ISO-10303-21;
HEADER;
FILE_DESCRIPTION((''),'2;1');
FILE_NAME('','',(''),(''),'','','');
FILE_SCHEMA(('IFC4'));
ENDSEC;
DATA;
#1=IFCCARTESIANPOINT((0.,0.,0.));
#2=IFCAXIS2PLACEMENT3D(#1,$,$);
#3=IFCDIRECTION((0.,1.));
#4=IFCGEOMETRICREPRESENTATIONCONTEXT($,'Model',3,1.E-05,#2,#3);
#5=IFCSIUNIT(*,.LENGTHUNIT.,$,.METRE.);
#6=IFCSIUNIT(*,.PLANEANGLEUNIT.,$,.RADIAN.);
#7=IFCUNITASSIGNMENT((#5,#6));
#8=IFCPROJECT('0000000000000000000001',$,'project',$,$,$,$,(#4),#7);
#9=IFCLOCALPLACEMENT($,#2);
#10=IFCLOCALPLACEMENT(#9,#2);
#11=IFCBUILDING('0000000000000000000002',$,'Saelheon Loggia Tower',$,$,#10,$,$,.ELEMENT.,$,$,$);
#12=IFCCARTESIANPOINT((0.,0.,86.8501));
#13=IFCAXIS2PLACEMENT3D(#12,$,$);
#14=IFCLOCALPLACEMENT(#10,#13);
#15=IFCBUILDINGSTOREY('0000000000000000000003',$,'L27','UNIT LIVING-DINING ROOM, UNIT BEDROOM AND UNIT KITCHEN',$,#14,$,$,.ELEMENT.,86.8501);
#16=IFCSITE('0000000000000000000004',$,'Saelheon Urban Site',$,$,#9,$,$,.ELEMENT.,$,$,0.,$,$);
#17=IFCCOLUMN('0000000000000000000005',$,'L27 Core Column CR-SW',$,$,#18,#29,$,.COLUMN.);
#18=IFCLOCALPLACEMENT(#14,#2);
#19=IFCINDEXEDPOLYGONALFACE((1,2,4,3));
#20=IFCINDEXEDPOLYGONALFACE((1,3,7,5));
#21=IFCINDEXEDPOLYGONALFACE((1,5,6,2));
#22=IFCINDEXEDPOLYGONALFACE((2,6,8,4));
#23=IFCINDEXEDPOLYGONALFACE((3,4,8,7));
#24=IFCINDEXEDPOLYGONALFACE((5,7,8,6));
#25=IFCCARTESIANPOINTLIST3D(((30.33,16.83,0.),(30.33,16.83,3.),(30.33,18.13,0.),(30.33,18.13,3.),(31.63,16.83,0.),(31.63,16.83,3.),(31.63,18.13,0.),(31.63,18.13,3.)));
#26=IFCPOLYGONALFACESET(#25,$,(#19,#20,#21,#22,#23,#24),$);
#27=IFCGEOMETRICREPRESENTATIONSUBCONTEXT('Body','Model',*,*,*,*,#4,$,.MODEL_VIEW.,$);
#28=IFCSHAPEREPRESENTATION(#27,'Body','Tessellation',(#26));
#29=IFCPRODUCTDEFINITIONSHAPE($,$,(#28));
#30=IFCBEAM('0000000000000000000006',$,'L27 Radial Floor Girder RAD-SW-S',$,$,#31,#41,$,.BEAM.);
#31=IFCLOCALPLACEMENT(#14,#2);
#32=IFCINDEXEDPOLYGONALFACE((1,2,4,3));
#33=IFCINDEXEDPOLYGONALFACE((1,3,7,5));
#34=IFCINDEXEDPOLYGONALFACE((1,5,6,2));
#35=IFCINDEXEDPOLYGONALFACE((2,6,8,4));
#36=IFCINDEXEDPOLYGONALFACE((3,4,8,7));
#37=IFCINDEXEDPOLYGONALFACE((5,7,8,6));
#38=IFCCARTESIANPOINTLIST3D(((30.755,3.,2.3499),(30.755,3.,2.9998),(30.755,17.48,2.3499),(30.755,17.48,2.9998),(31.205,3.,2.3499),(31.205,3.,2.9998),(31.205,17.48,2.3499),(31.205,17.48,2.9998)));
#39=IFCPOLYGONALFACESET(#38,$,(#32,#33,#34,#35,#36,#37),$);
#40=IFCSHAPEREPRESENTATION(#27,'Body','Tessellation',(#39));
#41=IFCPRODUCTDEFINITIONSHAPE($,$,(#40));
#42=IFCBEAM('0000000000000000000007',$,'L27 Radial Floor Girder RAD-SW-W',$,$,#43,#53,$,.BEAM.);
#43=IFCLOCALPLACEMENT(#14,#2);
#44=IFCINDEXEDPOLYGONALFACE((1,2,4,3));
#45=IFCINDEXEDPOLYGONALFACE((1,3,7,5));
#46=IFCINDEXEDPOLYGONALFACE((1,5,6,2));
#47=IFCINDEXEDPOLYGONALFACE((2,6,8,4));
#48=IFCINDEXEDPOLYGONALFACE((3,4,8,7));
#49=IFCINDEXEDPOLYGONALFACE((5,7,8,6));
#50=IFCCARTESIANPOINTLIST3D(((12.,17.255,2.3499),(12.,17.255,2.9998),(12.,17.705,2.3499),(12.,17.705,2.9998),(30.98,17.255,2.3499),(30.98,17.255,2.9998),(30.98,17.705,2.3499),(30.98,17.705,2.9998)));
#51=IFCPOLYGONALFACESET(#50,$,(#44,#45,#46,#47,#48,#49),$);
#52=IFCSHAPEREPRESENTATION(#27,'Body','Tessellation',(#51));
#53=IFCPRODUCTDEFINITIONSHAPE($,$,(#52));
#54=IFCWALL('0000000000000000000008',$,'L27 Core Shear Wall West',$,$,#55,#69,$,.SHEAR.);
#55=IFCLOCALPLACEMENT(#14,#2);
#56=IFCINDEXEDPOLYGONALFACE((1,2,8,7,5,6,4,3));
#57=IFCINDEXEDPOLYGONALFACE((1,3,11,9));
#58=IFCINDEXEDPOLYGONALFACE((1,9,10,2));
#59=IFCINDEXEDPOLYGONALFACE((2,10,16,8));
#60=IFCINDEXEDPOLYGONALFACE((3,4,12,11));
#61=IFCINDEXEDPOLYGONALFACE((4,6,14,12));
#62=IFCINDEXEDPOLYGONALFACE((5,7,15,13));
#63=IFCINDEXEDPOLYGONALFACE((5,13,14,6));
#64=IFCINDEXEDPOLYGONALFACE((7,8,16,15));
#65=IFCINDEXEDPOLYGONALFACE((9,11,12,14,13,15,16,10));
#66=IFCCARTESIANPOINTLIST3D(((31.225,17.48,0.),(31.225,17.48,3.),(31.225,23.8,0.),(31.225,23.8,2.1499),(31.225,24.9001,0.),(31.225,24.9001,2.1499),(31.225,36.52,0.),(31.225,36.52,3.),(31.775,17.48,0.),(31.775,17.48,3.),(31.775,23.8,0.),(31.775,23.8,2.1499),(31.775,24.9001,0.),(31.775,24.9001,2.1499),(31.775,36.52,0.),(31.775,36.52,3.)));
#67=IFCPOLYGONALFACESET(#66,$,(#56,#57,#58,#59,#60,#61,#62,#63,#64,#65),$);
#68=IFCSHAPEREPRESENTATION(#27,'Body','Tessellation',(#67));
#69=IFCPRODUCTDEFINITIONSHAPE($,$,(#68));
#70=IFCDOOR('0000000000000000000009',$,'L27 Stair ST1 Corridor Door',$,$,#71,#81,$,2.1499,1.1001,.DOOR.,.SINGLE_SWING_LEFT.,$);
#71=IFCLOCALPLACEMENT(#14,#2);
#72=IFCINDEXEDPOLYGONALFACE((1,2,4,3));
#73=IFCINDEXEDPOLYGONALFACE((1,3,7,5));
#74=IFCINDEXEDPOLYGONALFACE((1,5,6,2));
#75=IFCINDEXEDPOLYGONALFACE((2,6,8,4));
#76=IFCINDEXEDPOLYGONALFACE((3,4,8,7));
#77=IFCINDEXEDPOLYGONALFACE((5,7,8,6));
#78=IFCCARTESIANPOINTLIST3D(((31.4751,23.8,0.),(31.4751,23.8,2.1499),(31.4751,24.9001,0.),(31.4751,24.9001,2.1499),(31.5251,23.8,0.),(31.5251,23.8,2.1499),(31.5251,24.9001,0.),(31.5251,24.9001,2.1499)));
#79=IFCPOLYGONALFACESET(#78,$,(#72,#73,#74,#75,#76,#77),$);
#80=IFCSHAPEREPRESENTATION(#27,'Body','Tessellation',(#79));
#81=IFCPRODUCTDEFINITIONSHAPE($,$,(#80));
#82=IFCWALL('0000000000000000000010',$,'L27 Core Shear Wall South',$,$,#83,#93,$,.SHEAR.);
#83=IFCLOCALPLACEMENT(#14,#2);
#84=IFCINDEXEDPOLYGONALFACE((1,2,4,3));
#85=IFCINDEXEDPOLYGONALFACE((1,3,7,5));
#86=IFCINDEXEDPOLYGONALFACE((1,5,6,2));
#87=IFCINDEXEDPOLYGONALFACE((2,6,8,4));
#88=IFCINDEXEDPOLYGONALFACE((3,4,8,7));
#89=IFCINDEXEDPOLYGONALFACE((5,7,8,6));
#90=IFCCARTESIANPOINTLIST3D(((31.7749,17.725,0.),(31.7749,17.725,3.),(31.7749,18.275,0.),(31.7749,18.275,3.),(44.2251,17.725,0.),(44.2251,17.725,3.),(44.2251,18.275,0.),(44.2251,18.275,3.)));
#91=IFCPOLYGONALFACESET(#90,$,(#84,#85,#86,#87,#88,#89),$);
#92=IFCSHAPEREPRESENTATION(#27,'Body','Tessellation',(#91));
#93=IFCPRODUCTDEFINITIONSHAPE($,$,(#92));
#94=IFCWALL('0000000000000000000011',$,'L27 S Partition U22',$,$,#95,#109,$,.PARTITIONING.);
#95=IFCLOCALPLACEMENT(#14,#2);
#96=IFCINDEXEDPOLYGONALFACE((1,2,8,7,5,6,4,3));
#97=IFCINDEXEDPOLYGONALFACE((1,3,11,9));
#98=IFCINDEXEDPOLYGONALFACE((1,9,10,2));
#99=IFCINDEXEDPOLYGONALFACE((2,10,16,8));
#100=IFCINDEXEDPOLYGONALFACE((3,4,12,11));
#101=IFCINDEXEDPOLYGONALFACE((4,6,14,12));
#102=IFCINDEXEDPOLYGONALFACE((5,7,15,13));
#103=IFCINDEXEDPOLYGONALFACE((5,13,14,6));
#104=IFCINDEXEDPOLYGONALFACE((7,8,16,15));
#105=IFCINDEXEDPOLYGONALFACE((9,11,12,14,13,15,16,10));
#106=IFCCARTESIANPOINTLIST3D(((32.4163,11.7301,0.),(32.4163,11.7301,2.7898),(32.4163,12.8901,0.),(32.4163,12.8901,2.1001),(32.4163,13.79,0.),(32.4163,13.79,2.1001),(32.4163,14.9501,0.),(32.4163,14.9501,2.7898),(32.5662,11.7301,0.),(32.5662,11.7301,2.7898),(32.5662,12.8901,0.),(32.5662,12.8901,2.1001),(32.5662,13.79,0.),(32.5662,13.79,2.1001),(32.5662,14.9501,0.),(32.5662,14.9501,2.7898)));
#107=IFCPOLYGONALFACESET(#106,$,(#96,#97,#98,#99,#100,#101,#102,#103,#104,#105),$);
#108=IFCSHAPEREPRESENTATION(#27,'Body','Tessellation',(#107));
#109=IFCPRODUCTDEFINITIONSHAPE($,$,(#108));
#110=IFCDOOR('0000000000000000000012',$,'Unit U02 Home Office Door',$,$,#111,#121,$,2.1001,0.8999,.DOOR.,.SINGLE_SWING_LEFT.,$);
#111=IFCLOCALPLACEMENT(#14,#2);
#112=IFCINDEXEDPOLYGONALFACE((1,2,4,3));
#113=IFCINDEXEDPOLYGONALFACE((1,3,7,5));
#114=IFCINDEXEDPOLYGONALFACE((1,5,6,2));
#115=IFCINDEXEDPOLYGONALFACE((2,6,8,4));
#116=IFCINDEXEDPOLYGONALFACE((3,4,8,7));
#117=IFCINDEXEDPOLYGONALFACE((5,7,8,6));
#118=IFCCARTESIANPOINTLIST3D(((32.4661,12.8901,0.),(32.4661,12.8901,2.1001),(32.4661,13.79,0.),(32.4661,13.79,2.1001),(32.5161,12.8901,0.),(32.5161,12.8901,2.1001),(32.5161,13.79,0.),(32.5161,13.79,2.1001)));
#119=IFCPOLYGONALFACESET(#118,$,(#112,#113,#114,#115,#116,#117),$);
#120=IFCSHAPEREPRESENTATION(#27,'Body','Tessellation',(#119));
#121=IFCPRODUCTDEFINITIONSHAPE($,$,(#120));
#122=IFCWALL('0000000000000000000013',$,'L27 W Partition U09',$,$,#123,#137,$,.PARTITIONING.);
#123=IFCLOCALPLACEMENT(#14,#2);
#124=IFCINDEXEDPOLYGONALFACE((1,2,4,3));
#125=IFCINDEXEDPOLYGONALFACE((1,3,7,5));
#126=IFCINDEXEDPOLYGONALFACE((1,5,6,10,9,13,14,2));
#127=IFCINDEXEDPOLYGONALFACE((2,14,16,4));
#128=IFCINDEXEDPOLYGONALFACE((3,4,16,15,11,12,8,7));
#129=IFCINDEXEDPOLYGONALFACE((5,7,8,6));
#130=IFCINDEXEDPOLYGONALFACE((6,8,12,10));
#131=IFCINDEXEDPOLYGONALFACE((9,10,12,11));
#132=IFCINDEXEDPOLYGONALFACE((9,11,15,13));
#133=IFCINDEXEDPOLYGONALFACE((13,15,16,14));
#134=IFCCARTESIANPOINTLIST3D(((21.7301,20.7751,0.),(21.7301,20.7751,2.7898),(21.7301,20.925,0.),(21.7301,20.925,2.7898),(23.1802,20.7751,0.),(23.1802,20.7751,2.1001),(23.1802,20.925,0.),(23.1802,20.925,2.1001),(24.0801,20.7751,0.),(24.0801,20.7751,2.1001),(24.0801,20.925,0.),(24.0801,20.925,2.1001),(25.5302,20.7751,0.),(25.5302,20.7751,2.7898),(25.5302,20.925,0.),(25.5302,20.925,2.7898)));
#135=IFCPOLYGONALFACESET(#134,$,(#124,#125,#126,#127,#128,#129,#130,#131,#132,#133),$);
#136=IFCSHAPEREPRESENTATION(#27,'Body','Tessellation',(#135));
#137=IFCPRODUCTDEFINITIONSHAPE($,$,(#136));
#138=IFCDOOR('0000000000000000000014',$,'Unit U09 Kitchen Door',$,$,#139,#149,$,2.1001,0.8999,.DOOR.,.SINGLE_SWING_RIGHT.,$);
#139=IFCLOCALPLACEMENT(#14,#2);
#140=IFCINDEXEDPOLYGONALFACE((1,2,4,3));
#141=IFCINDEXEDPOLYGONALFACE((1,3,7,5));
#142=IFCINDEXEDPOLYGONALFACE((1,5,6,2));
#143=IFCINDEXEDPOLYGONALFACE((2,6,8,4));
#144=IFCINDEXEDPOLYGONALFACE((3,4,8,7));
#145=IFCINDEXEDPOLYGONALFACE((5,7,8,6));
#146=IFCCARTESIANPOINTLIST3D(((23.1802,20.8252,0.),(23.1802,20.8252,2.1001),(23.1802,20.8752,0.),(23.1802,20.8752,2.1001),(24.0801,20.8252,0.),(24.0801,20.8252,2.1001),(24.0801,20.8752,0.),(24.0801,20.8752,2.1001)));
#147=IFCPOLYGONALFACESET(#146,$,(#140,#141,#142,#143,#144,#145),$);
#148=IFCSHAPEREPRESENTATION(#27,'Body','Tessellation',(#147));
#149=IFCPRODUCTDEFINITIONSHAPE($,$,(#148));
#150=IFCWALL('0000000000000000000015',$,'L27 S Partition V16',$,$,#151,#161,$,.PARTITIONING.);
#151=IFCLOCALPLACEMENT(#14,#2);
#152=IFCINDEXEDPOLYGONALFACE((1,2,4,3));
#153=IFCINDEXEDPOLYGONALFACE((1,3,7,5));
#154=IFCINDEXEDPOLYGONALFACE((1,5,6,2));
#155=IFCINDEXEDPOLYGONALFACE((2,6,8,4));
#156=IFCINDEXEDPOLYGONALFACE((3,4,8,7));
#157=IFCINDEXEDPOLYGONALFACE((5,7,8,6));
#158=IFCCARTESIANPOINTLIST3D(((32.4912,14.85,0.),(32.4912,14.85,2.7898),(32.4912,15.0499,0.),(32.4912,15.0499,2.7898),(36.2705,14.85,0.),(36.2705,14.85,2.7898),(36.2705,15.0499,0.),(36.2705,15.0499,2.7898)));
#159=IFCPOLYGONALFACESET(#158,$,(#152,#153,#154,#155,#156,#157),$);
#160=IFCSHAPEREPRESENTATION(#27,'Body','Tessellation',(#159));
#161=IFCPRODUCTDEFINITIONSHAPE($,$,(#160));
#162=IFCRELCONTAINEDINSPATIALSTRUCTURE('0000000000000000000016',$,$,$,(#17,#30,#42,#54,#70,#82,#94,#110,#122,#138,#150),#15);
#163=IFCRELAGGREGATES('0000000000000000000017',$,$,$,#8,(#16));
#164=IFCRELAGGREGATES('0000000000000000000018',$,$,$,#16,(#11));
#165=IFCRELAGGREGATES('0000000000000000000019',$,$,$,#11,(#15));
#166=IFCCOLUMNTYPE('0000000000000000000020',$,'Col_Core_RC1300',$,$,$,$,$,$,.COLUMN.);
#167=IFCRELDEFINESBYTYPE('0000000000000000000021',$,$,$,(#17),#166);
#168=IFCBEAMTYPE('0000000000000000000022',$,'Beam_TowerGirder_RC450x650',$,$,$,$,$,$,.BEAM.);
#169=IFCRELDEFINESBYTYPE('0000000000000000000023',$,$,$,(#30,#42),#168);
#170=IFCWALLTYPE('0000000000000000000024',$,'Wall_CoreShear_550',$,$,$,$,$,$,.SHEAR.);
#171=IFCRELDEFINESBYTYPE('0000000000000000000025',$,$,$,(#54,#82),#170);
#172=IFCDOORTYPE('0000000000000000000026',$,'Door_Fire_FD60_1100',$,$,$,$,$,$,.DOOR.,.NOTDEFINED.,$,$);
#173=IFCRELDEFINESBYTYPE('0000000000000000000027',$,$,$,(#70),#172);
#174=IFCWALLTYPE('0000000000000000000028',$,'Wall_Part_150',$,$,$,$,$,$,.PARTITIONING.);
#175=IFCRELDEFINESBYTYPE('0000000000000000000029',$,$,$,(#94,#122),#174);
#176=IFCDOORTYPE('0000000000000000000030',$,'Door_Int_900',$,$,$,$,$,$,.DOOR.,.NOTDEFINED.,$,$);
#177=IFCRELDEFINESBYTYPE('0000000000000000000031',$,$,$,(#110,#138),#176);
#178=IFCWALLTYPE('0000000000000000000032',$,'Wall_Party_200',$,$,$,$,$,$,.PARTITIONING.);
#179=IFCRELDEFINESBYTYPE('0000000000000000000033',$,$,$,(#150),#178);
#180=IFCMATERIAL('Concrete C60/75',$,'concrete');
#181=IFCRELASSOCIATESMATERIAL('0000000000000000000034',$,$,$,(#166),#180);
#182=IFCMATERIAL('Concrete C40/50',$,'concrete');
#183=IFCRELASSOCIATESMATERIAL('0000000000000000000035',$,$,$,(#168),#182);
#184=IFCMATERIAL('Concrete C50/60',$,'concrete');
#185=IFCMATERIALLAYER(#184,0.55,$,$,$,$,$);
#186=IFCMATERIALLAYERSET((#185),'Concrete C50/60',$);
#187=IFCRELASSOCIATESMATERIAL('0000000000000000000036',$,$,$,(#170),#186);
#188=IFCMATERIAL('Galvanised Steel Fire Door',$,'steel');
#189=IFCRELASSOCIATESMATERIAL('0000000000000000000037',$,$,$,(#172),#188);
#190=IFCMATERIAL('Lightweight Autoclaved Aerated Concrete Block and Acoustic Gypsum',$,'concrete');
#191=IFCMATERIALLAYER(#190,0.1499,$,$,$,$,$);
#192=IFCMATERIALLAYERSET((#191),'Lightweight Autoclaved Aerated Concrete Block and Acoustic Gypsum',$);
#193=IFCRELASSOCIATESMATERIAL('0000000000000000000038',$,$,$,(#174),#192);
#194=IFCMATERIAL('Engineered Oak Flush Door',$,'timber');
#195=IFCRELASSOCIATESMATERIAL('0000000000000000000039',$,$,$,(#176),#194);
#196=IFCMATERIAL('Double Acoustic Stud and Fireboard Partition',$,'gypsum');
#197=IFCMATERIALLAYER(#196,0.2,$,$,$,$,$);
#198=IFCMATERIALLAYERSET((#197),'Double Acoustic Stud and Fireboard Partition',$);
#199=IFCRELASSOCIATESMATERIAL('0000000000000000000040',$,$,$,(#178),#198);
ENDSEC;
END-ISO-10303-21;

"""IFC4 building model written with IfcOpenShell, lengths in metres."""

from ifc_helpers import new_model, si_unit, direction, frame, frame_2d, origin, origin_2d, place, context, subcontext, project, spatial, rectangle, extrude, source, transform, mapped, material, layer, layer_set, material_profile, profile_set, type_object, element, fill, save


model = new_model("IFC4")

# Units and contexts
model_context = context("Model", 3, precision=1e-05, world=origin(), true_north=direction((0.0, 1.0)))
body_context = subcontext(model_context, "Body", "Model", "MODEL_VIEW")
ifc_project = project(units=[si_unit("LENGTHUNIT", "METRE"), si_unit("PLANEANGLEUNIT", "RADIAN")], contexts=[model_context])

# Site, building, storey
site_placement = place(None, origin())
site = spatial("IfcSite", under=ifc_project, at=site_placement, Name="Saelheon Urban Site", CompositionType="ELEMENT", RefElevation=0.0)
building_placement = place(site_placement, origin())
building = spatial("IfcBuilding", under=site, at=building_placement, Name="Saelheon Loggia Tower", CompositionType="ELEMENT")
storey_placement = place(building_placement, frame((0.0, 0.0, 86.8501)))
storey = spatial("IfcBuildingStorey", under=building, at=storey_placement, Name="L27", Description="UNIT LIVING-DINING ROOM, UNIT BEDROOM AND UNIT KITCHEN", CompositionType="ELEMENT", Elevation=86.8501)

# Column
ifc_material_1 = material(Name="Concrete C60/75", Category="concrete")
ifc_material_profile_1 = material_profile(ifc_material_1, rectangle(XDim=1.3, YDim=1.3, at=origin_2d()), Name="RC-1300x1300")
ifc_profile_set_1 = profile_set([ifc_material_profile_1], Name="Concrete C60/75")
column_type = type_object("IfcColumnType", Name="Col_Core_RC1300", PredefinedType="COLUMN", material=ifc_profile_set_1)
shared_shape_1 = source(origin(), body_context, "Body", "SweptSolid", [
    extrude(rectangle(XDim=1.3, YDim=1.3, at=origin_2d()), origin(), (0.0, 0.0, 1.0), 3.0),
])
column_placement = place(storey_placement, frame((30.98, 17.48, 0.0), z_axis=(0.0, 0.0, 1.0), x_axis=(1.0, 0.0, 0.0)))
element("IfcColumn", 1, at=column_placement, inside=storey, type_object=column_type, Name="L27 Core Column CR-SW", PredefinedType="COLUMN", context=body_context, shape_type="MappedRepresentation", body=[
    mapped(shared_shape_1, transform((0.0, 0.0, 0.0), scale=1.0)),
])

# Beams
ifc_material_2 = material(Name="Concrete C40/50", Category="concrete")
ifc_material_profile_2 = material_profile(ifc_material_2, rectangle(XDim=0.45, YDim=0.6499, at=origin_2d()), Name="RC-450x650")
ifc_profile_set_2 = profile_set([ifc_material_profile_2], Name="Concrete C40/50")
beam_type = type_object("IfcBeamType", Name="Beam_TowerGirder_RC450x650", PredefinedType="BEAM", material=ifc_profile_set_2)
shared_shape_2 = source(origin(), body_context, "Body", "SweptSolid", [
    extrude(rectangle(XDim=0.45, YDim=0.6499, at=origin_2d()), origin(), (0.0, 0.0, 1.0), 14.48),
])
beam_1_placement = place(storey_placement, frame((30.98, 17.48, 2.6748), z_axis=(0.0, -1.0, 0.0), x_axis=(1.0, 0.0, 0.0)))
element("IfcBeam", 2, at=beam_1_placement, inside=storey, type_object=beam_type, Name="L27 Radial Floor Girder RAD-SW-S", PredefinedType="BEAM", context=body_context, shape_type="MappedRepresentation", body=[
    mapped(shared_shape_2, transform((0.0, 0.0, 0.0), scale=1.0)),
])
shared_shape_3 = source(origin(), body_context, "Body", "SweptSolid", [
    extrude(rectangle(XDim=0.45, YDim=0.6499, at=origin_2d()), origin(), (0.0, 0.0, 1.0), 18.98),
])
beam_2_placement = place(storey_placement, frame((30.98, 17.48, 2.6748), z_axis=(-1.0, 0.0, 0.0), x_axis=(0.0, -1.0, 0.0)))
element("IfcBeam", 3, at=beam_2_placement, inside=storey, type_object=beam_type, Name="L27 Radial Floor Girder RAD-SW-W", PredefinedType="BEAM", context=body_context, shape_type="MappedRepresentation", body=[
    mapped(shared_shape_3, transform((0.0, 0.0, 0.0), scale=1.0)),
])

# Wall, opening, door
ifc_material_3 = material(Name="Concrete C50/60", Category="concrete")
ifc_layer_1 = layer(ifc_material_3, 0.55)
ifc_layer_set_1 = layer_set([ifc_layer_1], Name="Concrete C50/60")
wall_type_1 = type_object("IfcWallType", Name="Wall_CoreShear_550", PredefinedType="SHEAR", material=ifc_layer_set_1)
wall_1_placement = place(storey_placement, frame((31.5, 17.48, 0.0), z_axis=(0.0, 0.0, 1.0), x_axis=(0.0, 1.0, 0.0)))
wall_1 = element("IfcWall", 4, at=wall_1_placement, inside=storey, type_object=wall_type_1, Name="L27 Core Shear Wall West", PredefinedType="SHEAR", context=body_context, shape_type="SweptSolid", body=[
    extrude(rectangle(XDim=19.04, YDim=0.55, at=frame_2d((9.52, 0.0))), origin(), (0.0, 0.0, 1.0), 3.0),
])
opening_1_placement = place(wall_1_placement, frame((6.3201, 0.0, 0.0)))
opening_1 = element("IfcOpeningElement", 5, at=opening_1_placement, cuts=wall_1, PredefinedType="OPENING", context=body_context, shape_type="SweptSolid", body=[
    extrude(rectangle(XDim=1.1001, YDim=2.1499, at=frame_2d((0.55, 1.075))), frame((0.0, 0.2871, 0.0), z_axis=(0.0, -1.0, 0.0), x_axis=(1.0, 0.0, 0.0)), (0.0, 0.0, 1.0), 0.574),
])
ifc_material_4 = material(Name="Galvanised Steel Fire Door", Category="steel")
door_type_1 = type_object("IfcDoorType", Name="Door_Fire_FD60_1100", OperationType="NOTDEFINED", PredefinedType="DOOR", material=ifc_material_4)
shared_shape_4 = source(origin(), body_context, "Body", "SweptSolid", [
    extrude(rectangle(XDim=1.1001, YDim=2.1499, at=frame_2d((0.55, 1.075))), frame((0.0, 0.0249, 0.0), z_axis=(0.0, -1.0, 0.0), x_axis=(1.0, 0.0, 0.0)), (0.0, 0.0, 1.0), 0.05),
])
door_1_placement = place(opening_1_placement, origin())
door_1 = element("IfcDoor", 6, at=door_1_placement, inside=storey, type_object=door_type_1, Name="L27 Stair ST1 Corridor Door", OperationType="SINGLE_SWING_LEFT", OverallHeight=2.1499, OverallWidth=1.1001, PredefinedType="DOOR", context=body_context, shape_type="MappedRepresentation", body=[
    mapped(shared_shape_4, transform((0.0, 0.0, 0.0), scale=1.0)),
])
fill(opening_1, door_1)

# Wall
wall_2_placement = place(storey_placement, frame((31.7749, 18.0, 0.0), z_axis=(0.0, 0.0, 1.0), x_axis=(1.0, 0.0, 0.0)))
element("IfcWall", 7, at=wall_2_placement, inside=storey, type_object=wall_type_1, Name="L27 Core Shear Wall South", PredefinedType="SHEAR", context=body_context, shape_type="SweptSolid", body=[
    extrude(rectangle(XDim=12.4502, YDim=0.55, at=frame_2d((6.2251, 0.0))), origin(), (0.0, 0.0, 1.0), 3.0),
])

# Walls, openings, doors
ifc_material_5 = material(Name="Lightweight Autoclaved Aerated Concrete Block and Acoustic Gypsum", Category="concrete")
ifc_layer_2 = layer(ifc_material_5, 0.1499)
ifc_layer_set_2 = layer_set([ifc_layer_2], Name="Lightweight Autoclaved Aerated Concrete Block and Acoustic Gypsum")
wall_type_2 = type_object("IfcWallType", Name="Wall_Part_150", PredefinedType="PARTITIONING", material=ifc_layer_set_2)
wall_3_placement = place(storey_placement, frame((32.4912, 14.95, 0.0), z_axis=(0.0, 0.0, 1.0), x_axis=(0.0, -1.0, 0.0)))
wall_3 = element("IfcWall", 8, at=wall_3_placement, inside=storey, type_object=wall_type_2, Name="L27 S Partition U22", PredefinedType="PARTITIONING", context=body_context, shape_type="SweptSolid", body=[
    extrude(rectangle(XDim=3.22, YDim=0.1499, at=frame_2d((1.6099, 0.0))), origin(), (0.0, 0.0, 1.0), 2.7898),
])
opening_2_placement = place(wall_3_placement, frame((1.1599, 0.0, 0.0)))
opening_2 = element("IfcOpeningElement", 9, at=opening_2_placement, cuts=wall_3, PredefinedType="OPENING", context=body_context, shape_type="SweptSolid", body=[
    extrude(rectangle(XDim=0.8999, YDim=2.1001, at=frame_2d((0.45, 1.05))), frame((0.0, 0.0869, 0.0), z_axis=(0.0, -1.0, 0.0), x_axis=(1.0, 0.0, 0.0)), (0.0, 0.0, 1.0), 0.1738),
])
ifc_material_6 = material(Name="Engineered Oak Flush Door", Category="timber")
door_type_2 = type_object("IfcDoorType", Name="Door_Int_900", OperationType="NOTDEFINED", PredefinedType="DOOR", material=ifc_material_6)
shared_shape_5 = source(origin(), body_context, "Body", "SweptSolid", [
    extrude(rectangle(XDim=0.8999, YDim=2.1001, at=frame_2d((0.45, 1.05))), frame((0.0, 0.0249, 0.0), z_axis=(0.0, -1.0, 0.0), x_axis=(1.0, 0.0, 0.0)), (0.0, 0.0, 1.0), 0.05),
])
door_2_placement = place(opening_2_placement, origin())
door_2 = element("IfcDoor", 10, at=door_2_placement, inside=storey, type_object=door_type_2, Name="Unit U02 Home Office Door", OperationType="SINGLE_SWING_LEFT", OverallHeight=2.1001, OverallWidth=0.8999, PredefinedType="DOOR", context=body_context, shape_type="MappedRepresentation", body=[
    mapped(shared_shape_5, transform((0.0, 0.0, 0.0), scale=1.0)),
])
fill(opening_2, door_2)
wall_4_placement = place(storey_placement, frame((25.53, 20.8501, 0.0), z_axis=(0.0, 0.0, 1.0), x_axis=(-1.0, 0.0, 0.0)))
wall_4 = element("IfcWall", 11, at=wall_4_placement, inside=storey, type_object=wall_type_2, Name="L27 W Partition U09", PredefinedType="PARTITIONING", context=body_context, shape_type="SweptSolid", body=[
    extrude(rectangle(XDim=3.8, YDim=0.1499, at=frame_2d((1.8999, 0.0))), origin(), (0.0, 0.0, 1.0), 2.7898),
])
opening_3_placement = place(wall_4_placement, frame((1.45, 0.0, 0.0)))
opening_3 = element("IfcOpeningElement", 12, at=opening_3_placement, cuts=wall_4, PredefinedType="OPENING", context=body_context, shape_type="SweptSolid", body=[
    extrude(rectangle(XDim=0.8999, YDim=2.1001, at=frame_2d((0.45, 1.05))), frame((0.0, 0.0869, 0.0), z_axis=(0.0, -1.0, 0.0), x_axis=(1.0, 0.0, 0.0)), (0.0, 0.0, 1.0), 0.1738),
])
door_3_placement = place(opening_3_placement, origin())
door_3 = element("IfcDoor", 13, at=door_3_placement, inside=storey, type_object=door_type_2, Name="Unit U09 Kitchen Door", OperationType="SINGLE_SWING_RIGHT", OverallHeight=2.1001, OverallWidth=0.8999, PredefinedType="DOOR", context=body_context, shape_type="MappedRepresentation", body=[
    mapped(shared_shape_5, transform((0.0, 0.0, 0.0), scale=1.0)),
])
fill(opening_3, door_3)

# Wall
ifc_material_7 = material(Name="Double Acoustic Stud and Fireboard Partition", Category="gypsum")
ifc_layer_3 = layer(ifc_material_7, 0.2)
ifc_layer_set_3 = layer_set([ifc_layer_3], Name="Double Acoustic Stud and Fireboard Partition")
wall_type_3 = type_object("IfcWallType", Name="Wall_Party_200", PredefinedType="PARTITIONING", material=ifc_layer_set_3)
wall_5_placement = place(storey_placement, frame((32.4912, 14.95, 0.0), z_axis=(0.0, 0.0, 1.0), x_axis=(1.0, 0.0, 0.0)))
element("IfcWall", 14, at=wall_5_placement, inside=storey, type_object=wall_type_3, Name="L27 S Partition V16", PredefinedType="PARTITIONING", context=body_context, shape_type="SweptSolid", body=[
    extrude(rectangle(XDim=3.7793, YDim=0.2, at=frame_2d((1.8896, 0.0))), origin(), (0.0, 0.0, 1.0), 2.7898),
])

save(model, "model.ifc")
